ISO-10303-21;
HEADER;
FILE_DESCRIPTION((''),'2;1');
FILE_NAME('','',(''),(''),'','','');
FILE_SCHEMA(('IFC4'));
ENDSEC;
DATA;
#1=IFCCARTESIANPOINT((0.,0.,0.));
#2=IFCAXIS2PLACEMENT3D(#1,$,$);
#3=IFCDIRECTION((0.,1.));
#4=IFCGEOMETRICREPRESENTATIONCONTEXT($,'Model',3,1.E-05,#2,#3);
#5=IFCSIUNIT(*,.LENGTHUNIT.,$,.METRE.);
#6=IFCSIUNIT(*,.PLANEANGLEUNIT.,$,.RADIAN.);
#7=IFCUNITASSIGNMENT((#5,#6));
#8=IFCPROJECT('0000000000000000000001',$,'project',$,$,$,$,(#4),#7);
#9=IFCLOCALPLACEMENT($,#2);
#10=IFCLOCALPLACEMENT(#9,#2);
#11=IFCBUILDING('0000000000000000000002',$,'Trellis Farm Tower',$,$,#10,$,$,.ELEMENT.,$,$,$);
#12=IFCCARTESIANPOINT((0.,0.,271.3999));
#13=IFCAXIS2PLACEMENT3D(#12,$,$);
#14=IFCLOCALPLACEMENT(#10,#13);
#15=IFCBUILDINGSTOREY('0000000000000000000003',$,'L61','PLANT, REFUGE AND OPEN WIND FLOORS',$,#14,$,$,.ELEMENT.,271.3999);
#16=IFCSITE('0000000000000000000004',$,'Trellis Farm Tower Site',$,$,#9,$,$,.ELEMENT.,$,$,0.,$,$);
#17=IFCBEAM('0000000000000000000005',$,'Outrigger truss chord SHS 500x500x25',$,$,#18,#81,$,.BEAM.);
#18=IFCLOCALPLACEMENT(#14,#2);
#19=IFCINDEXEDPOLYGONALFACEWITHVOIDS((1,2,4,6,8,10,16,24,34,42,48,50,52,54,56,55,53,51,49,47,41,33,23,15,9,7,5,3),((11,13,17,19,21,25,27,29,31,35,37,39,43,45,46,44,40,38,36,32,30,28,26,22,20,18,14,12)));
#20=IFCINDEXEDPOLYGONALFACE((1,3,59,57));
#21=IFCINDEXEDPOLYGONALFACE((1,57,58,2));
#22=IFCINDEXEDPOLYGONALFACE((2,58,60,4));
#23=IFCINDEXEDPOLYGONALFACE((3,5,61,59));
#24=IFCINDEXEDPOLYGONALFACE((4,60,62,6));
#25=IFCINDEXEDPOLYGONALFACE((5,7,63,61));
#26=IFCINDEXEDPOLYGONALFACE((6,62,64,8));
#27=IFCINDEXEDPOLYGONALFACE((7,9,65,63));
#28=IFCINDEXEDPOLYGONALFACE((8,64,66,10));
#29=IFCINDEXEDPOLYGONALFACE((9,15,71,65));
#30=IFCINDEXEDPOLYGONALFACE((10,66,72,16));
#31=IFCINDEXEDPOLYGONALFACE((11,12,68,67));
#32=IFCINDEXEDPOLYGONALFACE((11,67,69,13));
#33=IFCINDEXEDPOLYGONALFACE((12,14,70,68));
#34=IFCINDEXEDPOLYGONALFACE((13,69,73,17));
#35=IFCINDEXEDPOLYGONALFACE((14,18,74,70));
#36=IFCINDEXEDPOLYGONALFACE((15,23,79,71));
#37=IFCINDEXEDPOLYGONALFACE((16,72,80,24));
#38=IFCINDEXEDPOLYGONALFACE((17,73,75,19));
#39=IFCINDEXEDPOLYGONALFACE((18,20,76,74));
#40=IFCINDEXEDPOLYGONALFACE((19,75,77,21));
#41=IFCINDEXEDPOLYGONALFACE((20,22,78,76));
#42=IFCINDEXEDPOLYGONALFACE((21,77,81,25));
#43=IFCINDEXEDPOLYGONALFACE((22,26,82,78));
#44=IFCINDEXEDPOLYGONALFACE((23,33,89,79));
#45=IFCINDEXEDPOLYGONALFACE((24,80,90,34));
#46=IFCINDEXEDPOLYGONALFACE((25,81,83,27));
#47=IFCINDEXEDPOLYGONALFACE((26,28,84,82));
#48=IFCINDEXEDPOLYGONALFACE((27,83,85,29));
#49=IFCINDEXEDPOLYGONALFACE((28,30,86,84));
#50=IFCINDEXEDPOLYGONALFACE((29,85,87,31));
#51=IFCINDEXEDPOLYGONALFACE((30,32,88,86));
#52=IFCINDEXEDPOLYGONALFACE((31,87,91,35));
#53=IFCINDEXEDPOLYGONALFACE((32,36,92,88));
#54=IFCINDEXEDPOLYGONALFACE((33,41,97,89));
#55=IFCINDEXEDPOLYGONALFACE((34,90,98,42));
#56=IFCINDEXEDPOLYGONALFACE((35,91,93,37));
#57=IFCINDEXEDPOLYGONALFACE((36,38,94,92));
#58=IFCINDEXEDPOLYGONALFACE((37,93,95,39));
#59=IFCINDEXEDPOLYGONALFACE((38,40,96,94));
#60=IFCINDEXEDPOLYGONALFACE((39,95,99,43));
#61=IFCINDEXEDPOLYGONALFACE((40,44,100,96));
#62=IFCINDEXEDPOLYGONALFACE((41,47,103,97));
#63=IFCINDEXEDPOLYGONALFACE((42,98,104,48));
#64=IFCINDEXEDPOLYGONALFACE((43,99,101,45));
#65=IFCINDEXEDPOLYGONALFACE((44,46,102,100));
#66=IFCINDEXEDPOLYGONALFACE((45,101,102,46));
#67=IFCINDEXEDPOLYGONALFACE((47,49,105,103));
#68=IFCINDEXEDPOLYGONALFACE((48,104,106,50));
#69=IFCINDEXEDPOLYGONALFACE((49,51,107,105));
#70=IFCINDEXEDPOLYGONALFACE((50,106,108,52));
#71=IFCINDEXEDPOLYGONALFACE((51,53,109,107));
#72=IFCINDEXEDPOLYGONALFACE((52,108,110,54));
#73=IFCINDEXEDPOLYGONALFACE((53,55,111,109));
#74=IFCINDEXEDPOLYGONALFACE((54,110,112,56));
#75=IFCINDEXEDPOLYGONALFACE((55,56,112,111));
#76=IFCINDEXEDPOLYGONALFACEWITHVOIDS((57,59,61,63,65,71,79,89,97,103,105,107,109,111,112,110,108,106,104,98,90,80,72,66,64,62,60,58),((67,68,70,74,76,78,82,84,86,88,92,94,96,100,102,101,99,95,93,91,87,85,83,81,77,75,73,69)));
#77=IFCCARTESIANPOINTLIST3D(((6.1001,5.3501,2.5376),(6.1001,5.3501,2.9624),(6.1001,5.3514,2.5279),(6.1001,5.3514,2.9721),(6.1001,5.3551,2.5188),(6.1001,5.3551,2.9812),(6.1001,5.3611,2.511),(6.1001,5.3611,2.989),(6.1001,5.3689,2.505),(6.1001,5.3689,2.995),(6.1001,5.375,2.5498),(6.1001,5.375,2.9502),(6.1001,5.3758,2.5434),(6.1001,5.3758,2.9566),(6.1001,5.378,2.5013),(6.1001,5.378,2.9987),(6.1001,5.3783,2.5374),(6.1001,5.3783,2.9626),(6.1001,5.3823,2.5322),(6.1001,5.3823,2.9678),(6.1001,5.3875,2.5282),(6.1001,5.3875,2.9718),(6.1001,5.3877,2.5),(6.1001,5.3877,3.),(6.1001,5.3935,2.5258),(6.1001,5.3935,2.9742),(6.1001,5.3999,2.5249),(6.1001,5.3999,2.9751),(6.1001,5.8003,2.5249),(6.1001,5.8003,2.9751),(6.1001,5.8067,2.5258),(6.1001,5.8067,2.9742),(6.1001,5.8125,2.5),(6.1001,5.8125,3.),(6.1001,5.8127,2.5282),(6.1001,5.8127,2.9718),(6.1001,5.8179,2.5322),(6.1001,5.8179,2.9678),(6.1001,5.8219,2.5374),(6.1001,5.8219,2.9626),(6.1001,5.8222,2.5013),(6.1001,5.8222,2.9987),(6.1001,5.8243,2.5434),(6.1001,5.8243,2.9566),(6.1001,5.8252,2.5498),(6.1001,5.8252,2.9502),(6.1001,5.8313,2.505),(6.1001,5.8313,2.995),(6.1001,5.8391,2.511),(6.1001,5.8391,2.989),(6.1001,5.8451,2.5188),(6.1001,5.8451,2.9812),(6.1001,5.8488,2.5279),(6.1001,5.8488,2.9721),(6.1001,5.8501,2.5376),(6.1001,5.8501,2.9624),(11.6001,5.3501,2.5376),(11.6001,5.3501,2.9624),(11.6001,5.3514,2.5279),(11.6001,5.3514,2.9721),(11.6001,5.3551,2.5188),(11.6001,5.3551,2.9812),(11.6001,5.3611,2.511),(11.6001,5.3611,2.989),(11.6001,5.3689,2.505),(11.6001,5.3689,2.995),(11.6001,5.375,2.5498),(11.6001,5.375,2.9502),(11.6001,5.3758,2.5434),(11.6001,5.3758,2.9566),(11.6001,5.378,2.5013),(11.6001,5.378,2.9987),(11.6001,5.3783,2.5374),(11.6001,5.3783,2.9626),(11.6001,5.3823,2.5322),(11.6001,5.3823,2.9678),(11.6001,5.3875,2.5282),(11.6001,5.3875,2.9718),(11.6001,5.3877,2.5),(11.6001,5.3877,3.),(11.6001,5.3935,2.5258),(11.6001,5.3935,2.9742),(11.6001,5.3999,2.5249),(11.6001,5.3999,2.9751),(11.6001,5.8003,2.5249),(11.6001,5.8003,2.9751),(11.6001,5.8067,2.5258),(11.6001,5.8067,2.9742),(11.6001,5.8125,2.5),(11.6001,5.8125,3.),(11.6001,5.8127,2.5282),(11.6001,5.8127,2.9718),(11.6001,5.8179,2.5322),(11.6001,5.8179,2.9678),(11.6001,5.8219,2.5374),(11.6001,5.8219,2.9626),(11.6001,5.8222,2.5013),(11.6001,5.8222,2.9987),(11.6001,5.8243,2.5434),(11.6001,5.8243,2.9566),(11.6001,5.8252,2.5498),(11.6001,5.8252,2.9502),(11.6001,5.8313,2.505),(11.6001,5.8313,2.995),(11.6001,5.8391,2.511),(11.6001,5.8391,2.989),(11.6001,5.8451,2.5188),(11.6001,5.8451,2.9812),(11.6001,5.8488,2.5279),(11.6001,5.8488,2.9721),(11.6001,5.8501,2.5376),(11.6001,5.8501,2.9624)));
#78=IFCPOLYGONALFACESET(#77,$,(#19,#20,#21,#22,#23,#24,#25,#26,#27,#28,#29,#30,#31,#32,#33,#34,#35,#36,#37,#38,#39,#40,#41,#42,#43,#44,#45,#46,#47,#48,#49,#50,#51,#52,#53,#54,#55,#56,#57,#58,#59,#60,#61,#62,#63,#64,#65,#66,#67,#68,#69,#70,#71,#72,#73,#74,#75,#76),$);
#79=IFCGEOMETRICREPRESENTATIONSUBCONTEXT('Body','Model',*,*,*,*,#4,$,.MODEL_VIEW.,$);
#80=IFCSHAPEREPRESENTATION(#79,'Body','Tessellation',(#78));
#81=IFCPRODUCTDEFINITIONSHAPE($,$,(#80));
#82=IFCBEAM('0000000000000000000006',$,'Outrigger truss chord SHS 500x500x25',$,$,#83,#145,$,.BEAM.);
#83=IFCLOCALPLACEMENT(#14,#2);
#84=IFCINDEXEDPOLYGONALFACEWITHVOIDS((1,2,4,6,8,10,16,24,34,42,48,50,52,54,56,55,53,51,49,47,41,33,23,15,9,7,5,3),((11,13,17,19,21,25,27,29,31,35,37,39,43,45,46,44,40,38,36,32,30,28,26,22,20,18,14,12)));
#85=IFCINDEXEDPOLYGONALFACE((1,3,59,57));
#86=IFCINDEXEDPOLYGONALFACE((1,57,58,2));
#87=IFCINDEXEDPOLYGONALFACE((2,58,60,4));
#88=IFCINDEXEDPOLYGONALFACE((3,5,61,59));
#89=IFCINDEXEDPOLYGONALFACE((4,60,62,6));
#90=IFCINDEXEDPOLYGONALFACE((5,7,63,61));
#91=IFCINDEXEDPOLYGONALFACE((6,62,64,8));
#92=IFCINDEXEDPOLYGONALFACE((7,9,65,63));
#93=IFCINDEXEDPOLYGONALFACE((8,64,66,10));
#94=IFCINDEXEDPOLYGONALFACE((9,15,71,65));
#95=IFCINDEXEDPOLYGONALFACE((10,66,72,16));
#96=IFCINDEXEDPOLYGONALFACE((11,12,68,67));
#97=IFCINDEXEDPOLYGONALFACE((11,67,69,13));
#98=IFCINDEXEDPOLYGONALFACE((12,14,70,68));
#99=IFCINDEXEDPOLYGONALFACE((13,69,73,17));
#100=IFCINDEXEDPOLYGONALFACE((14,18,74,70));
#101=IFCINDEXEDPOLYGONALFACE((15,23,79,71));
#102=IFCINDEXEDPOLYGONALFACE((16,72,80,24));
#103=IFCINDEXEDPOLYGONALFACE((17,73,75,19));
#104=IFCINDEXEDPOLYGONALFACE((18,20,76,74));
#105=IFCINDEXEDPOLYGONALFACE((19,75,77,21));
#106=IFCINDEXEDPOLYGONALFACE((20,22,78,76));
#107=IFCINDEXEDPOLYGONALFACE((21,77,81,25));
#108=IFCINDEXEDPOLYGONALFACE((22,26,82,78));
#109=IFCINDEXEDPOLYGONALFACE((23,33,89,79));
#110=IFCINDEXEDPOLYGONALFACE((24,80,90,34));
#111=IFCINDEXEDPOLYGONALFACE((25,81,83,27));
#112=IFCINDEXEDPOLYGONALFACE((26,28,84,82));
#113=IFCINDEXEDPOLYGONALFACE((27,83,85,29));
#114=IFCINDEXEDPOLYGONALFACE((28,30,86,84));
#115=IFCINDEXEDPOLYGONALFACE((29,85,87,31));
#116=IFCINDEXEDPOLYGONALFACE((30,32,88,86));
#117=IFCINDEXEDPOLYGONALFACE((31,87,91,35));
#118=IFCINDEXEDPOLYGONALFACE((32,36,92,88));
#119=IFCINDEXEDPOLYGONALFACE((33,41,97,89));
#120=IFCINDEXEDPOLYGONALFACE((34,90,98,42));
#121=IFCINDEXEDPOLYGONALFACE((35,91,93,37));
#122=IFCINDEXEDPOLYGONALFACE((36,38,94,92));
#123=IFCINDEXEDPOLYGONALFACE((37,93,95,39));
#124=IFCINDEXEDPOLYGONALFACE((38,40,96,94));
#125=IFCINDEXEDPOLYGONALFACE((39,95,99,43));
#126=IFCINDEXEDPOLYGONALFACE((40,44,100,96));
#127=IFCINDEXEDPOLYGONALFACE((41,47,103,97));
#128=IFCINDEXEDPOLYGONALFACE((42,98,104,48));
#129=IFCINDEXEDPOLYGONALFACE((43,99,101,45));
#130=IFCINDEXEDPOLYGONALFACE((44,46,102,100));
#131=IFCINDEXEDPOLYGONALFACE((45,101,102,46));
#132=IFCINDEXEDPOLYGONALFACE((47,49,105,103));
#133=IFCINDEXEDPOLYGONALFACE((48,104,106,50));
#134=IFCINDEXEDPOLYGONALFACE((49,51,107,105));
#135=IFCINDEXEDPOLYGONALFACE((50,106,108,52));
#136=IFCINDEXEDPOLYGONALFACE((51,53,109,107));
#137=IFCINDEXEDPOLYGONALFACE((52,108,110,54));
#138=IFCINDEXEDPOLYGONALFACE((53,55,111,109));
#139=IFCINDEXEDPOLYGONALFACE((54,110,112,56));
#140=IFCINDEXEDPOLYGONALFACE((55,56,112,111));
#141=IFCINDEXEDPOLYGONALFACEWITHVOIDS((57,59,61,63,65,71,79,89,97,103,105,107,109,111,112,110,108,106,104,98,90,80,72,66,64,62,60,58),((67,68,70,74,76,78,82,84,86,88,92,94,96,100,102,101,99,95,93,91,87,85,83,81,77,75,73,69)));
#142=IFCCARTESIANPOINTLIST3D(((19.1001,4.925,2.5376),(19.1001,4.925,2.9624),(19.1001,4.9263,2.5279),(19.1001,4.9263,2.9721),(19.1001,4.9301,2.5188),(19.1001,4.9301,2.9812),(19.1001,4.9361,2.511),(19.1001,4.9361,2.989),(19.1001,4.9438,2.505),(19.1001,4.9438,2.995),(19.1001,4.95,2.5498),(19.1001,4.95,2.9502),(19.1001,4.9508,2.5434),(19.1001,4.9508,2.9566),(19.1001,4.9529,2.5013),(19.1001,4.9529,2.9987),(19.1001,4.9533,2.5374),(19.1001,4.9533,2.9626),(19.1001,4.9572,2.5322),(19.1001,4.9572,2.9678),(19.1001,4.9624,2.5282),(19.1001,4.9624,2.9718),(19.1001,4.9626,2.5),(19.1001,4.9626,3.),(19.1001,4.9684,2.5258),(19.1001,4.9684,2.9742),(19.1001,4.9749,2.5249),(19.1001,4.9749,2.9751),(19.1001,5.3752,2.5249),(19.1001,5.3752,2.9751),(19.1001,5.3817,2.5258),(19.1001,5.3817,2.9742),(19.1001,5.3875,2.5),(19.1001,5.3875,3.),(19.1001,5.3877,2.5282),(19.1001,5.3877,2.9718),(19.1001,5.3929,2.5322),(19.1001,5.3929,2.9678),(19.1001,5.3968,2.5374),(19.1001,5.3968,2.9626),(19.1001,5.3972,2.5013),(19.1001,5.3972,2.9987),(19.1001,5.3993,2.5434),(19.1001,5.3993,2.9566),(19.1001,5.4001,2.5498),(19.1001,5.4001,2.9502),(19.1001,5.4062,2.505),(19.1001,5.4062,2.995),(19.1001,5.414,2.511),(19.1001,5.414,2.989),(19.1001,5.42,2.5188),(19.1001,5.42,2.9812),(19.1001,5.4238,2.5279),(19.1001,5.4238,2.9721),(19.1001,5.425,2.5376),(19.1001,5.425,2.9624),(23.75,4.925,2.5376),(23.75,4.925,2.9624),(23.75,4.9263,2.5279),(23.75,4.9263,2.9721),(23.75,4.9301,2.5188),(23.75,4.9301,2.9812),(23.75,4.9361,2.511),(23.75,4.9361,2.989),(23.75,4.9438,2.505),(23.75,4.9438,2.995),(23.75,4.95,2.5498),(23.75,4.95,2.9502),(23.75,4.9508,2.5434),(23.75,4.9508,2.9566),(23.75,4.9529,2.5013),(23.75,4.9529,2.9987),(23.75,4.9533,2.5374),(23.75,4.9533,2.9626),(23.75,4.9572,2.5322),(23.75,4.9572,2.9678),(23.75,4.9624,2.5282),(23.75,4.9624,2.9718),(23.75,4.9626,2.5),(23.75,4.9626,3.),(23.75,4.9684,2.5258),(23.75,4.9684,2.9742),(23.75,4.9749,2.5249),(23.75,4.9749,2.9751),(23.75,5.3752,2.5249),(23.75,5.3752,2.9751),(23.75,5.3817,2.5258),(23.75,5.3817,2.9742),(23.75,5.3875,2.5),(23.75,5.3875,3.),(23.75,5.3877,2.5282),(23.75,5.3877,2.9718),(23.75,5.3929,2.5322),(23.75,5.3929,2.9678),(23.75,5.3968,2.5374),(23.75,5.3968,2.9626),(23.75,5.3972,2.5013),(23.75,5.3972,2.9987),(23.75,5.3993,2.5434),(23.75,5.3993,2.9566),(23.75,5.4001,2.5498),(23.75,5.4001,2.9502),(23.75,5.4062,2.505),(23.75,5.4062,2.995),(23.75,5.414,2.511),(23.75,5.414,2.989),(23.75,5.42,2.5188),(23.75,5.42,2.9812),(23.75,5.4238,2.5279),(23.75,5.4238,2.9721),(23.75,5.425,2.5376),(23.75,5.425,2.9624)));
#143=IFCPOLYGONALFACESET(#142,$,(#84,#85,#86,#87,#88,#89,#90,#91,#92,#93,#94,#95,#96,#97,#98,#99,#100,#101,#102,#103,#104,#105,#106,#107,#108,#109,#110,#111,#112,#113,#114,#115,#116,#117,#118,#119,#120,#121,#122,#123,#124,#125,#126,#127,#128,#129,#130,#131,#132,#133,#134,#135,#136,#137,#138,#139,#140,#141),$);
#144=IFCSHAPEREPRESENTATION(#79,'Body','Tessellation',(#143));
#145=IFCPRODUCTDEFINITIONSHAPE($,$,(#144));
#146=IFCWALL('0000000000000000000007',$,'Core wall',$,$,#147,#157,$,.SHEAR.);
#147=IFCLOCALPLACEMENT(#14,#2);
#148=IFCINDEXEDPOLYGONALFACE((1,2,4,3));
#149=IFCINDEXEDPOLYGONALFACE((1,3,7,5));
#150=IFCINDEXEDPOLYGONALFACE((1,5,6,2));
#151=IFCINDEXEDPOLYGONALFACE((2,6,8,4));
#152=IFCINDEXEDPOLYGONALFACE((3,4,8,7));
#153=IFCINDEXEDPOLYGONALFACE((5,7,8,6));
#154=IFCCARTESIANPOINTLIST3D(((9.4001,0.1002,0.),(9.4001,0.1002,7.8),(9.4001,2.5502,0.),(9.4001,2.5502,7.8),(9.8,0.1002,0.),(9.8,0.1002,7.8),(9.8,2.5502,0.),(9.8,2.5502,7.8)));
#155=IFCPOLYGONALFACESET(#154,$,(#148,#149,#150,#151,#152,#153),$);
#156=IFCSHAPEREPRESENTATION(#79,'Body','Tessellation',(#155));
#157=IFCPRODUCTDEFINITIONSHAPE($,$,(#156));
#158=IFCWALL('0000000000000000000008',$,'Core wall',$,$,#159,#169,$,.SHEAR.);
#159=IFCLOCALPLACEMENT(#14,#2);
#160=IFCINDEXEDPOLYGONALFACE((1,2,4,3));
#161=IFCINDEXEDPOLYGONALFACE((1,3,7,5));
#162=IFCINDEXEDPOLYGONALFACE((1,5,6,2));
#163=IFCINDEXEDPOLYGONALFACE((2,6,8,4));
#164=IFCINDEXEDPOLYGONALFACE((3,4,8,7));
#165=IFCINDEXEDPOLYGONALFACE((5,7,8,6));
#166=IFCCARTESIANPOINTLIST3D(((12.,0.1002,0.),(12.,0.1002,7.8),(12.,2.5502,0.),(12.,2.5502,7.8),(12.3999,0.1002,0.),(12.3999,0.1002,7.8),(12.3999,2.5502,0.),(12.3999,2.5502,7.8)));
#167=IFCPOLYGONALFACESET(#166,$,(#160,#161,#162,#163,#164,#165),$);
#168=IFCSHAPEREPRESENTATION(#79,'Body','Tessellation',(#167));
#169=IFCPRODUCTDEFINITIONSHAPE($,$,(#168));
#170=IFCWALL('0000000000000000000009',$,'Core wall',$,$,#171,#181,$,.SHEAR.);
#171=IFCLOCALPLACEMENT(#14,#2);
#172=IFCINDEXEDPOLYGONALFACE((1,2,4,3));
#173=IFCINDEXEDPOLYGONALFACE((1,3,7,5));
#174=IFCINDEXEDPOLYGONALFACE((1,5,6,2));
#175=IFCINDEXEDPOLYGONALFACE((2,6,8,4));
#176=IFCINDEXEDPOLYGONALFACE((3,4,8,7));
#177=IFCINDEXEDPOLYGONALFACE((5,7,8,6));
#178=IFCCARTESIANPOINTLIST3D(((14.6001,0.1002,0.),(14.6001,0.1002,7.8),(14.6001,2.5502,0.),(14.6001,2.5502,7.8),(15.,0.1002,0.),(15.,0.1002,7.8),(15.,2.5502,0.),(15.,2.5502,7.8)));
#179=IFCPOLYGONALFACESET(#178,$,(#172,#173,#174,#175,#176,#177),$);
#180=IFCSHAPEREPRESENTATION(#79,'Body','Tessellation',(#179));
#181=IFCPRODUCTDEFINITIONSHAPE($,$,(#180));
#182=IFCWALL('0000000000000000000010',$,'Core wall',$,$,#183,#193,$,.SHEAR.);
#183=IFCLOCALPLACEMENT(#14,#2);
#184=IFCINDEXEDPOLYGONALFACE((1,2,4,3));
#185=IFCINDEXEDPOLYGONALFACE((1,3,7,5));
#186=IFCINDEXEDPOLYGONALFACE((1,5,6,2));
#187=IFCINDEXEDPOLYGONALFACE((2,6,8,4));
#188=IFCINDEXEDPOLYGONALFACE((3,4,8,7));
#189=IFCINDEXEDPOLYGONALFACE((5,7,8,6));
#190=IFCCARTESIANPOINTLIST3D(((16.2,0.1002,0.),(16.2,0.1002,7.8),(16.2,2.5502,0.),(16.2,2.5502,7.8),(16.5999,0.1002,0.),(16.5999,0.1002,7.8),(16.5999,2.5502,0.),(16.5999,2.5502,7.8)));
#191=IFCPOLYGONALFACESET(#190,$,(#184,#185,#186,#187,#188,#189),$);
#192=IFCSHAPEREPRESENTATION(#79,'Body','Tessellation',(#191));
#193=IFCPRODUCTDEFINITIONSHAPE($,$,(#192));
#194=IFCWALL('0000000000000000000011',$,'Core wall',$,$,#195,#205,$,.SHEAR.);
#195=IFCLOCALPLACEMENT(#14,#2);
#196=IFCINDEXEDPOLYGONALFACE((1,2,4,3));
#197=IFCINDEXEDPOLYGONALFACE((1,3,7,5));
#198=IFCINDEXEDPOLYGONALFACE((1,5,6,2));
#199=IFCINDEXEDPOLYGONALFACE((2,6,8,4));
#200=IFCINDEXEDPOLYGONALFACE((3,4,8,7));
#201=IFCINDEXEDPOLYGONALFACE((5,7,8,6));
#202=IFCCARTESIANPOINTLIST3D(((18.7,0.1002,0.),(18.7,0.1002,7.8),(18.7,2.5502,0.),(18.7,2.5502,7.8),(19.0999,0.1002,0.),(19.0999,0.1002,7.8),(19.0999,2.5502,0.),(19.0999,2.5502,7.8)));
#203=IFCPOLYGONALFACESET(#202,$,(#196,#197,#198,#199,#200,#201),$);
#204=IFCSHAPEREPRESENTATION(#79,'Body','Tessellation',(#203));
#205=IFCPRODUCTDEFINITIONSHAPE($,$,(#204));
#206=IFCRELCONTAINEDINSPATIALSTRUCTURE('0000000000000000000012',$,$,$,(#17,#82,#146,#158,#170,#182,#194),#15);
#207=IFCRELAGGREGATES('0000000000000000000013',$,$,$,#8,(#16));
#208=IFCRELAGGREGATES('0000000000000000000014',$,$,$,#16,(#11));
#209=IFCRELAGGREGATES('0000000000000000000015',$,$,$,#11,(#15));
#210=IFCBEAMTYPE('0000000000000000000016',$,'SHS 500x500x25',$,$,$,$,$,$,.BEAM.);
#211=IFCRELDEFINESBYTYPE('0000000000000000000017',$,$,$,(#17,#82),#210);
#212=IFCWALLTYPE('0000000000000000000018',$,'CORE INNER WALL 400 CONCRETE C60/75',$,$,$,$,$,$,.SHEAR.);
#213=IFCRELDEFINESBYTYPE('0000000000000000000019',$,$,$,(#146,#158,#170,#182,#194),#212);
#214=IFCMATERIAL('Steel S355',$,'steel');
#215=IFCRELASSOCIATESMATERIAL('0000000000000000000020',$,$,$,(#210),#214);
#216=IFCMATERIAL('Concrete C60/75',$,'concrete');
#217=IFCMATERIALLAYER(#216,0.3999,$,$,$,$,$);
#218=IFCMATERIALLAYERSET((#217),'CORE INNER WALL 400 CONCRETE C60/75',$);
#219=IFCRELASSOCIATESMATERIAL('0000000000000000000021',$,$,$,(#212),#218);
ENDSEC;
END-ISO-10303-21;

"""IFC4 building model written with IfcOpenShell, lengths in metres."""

from ifc_helpers import new_model, si_unit, direction, frame, frame_2d, origin, origin_2d, place, context, subcontext, project, spatial, rectangle, hollow_rectangle, extrude, source, transform, mapped, material, layer, layer_set, material_profile, profile_set, type_object, element, save


model = new_model("IFC4")

# Units and contexts
model_context = context("Model", 3, precision=1e-05, world=origin(), true_north=direction((0.0, 1.0)))
body_context = subcontext(model_context, "Body", "Model", "MODEL_VIEW")
ifc_project = project(units=[si_unit("LENGTHUNIT", "METRE"), si_unit("PLANEANGLEUNIT", "RADIAN")], contexts=[model_context])

# Site, building, storey
site_placement = place(None, origin())
site = spatial("IfcSite", under=ifc_project, at=site_placement, Name="Trellis Farm Tower Site", CompositionType="ELEMENT", RefElevation=0.0)
building_placement = place(site_placement, origin())
building = spatial("IfcBuilding", under=site, at=building_placement, Name="Trellis Farm Tower", CompositionType="ELEMENT")
storey_placement = place(building_placement, frame((0.0, 0.0, 271.3999)))
storey = spatial("IfcBuildingStorey", under=building, at=storey_placement, Name="L61", Description="PLANT, REFUGE AND OPEN WIND FLOORS", CompositionType="ELEMENT", Elevation=271.3999)

# Shared definitions
ifc_material_1 = material(Name="Concrete C60/75", Category="concrete")

# Shared definitions
ifc_material_2 = material(Name="Steel S355", Category="steel")

# Beams
ifc_material_profile_1 = material_profile(ifc_material_2, hollow_rectangle(XDim=0.5, YDim=0.5, WallThickness=0.0249, InnerFilletRadius=0.0249, OuterFilletRadius=0.0376, at=origin_2d()), Name="SHS 500x500x25")
ifc_profile_set_1 = profile_set([ifc_material_profile_1], Name="Steel S355")
beam_type_1 = type_object("IfcBeamType", Name="SHS 500x500x25", PredefinedType="BEAM", material=ifc_profile_set_1)
shared_shape_1 = source(origin(), body_context, "Body", "SweptSolid", [
    extrude(hollow_rectangle(XDim=0.5, YDim=0.5, WallThickness=0.0249, InnerFilletRadius=0.0249, OuterFilletRadius=0.0376, at=origin_2d()), origin(), (0.0, 0.0, 1.0), 5.5),
])
beam_1_placement = place(storey_placement, frame((6.1001, 5.6001, 2.75), z_axis=(1.0, 0.0, 0.0), x_axis=(0.0, 1.0, 0.0)))
element("IfcBeam", 1, at=beam_1_placement, inside=storey, type_object=beam_type_1, Name="Outrigger truss chord SHS 500x500x25", PredefinedType="BEAM", context=body_context, shape_type="MappedRepresentation", body=[
    mapped(shared_shape_1, transform((0.0, 0.0, 0.0))),
])
shared_shape_2 = source(origin(), body_context, "Body", "SweptSolid", [
    extrude(hollow_rectangle(XDim=0.5, YDim=0.5, WallThickness=0.0249, InnerFilletRadius=0.0249, OuterFilletRadius=0.0376, at=origin_2d()), origin(), (0.0, 0.0, 1.0), 4.6499),
])
beam_2_placement = place(storey_placement, frame((19.1001, 5.175, 2.75), z_axis=(1.0, 0.0, 0.0), x_axis=(0.0, 1.0, 0.0)))
element("IfcBeam", 2, at=beam_2_placement, inside=storey, type_object=beam_type_1, Name="Outrigger truss chord SHS 500x500x25", PredefinedType="BEAM", context=body_context, shape_type="MappedRepresentation", body=[
    mapped(shared_shape_2, transform((0.0, 0.0, 0.0))),
])

# Walls
ifc_layer_1 = layer(ifc_material_1, 0.3999)
ifc_layer_set_1 = layer_set([ifc_layer_1], Name="CORE INNER WALL 400 CONCRETE C60/75")
wall_type_1 = type_object("IfcWallType", Name="CORE INNER WALL 400 CONCRETE C60/75", PredefinedType="SHEAR", material=ifc_layer_set_1)
shared_shape_3 = source(origin(), body_context, "Body", "SweptSolid", [
    extrude(rectangle(XDim=2.45, YDim=0.3999, at=frame_2d((1.2251, 0.0))), origin(), (0.0, 0.0, 1.0), 7.8),
])
for number, where, z_axis, x_axis, name in (
    (3, (9.6001, 0.1001, 0.0), (0.0, 0.0, 1.0), (0.0, 1.0, 0.0), "Core wall"),
    (4, (12.2, 0.1001, 0.0), (0.0, 0.0, 1.0), (0.0, 1.0, 0.0), "Core wall"),
    (5, (14.8, 0.1001, 0.0), (0.0, 0.0, 1.0), (0.0, 1.0, 0.0), "Core wall"),
    (6, (16.3999, 0.1001, 0.0), (0.0, 0.0, 1.0), (0.0, 1.0, 0.0), "Core wall"),
    (7, (18.8999, 0.1001, 0.0), (0.0, 0.0, 1.0), (0.0, 1.0, 0.0), "Core wall"),
):
    element("IfcWall", number, at=place(storey_placement, frame(where, z_axis=z_axis, x_axis=x_axis)), inside=storey, type_object=wall_type_1, Name=name, PredefinedType="SHEAR", context=body_context, shape_type="MappedRepresentation", body=[
        mapped(shared_shape_3, transform((0.0, 0.0, 0.0))),
    ])

save(model, "model.ifc")
